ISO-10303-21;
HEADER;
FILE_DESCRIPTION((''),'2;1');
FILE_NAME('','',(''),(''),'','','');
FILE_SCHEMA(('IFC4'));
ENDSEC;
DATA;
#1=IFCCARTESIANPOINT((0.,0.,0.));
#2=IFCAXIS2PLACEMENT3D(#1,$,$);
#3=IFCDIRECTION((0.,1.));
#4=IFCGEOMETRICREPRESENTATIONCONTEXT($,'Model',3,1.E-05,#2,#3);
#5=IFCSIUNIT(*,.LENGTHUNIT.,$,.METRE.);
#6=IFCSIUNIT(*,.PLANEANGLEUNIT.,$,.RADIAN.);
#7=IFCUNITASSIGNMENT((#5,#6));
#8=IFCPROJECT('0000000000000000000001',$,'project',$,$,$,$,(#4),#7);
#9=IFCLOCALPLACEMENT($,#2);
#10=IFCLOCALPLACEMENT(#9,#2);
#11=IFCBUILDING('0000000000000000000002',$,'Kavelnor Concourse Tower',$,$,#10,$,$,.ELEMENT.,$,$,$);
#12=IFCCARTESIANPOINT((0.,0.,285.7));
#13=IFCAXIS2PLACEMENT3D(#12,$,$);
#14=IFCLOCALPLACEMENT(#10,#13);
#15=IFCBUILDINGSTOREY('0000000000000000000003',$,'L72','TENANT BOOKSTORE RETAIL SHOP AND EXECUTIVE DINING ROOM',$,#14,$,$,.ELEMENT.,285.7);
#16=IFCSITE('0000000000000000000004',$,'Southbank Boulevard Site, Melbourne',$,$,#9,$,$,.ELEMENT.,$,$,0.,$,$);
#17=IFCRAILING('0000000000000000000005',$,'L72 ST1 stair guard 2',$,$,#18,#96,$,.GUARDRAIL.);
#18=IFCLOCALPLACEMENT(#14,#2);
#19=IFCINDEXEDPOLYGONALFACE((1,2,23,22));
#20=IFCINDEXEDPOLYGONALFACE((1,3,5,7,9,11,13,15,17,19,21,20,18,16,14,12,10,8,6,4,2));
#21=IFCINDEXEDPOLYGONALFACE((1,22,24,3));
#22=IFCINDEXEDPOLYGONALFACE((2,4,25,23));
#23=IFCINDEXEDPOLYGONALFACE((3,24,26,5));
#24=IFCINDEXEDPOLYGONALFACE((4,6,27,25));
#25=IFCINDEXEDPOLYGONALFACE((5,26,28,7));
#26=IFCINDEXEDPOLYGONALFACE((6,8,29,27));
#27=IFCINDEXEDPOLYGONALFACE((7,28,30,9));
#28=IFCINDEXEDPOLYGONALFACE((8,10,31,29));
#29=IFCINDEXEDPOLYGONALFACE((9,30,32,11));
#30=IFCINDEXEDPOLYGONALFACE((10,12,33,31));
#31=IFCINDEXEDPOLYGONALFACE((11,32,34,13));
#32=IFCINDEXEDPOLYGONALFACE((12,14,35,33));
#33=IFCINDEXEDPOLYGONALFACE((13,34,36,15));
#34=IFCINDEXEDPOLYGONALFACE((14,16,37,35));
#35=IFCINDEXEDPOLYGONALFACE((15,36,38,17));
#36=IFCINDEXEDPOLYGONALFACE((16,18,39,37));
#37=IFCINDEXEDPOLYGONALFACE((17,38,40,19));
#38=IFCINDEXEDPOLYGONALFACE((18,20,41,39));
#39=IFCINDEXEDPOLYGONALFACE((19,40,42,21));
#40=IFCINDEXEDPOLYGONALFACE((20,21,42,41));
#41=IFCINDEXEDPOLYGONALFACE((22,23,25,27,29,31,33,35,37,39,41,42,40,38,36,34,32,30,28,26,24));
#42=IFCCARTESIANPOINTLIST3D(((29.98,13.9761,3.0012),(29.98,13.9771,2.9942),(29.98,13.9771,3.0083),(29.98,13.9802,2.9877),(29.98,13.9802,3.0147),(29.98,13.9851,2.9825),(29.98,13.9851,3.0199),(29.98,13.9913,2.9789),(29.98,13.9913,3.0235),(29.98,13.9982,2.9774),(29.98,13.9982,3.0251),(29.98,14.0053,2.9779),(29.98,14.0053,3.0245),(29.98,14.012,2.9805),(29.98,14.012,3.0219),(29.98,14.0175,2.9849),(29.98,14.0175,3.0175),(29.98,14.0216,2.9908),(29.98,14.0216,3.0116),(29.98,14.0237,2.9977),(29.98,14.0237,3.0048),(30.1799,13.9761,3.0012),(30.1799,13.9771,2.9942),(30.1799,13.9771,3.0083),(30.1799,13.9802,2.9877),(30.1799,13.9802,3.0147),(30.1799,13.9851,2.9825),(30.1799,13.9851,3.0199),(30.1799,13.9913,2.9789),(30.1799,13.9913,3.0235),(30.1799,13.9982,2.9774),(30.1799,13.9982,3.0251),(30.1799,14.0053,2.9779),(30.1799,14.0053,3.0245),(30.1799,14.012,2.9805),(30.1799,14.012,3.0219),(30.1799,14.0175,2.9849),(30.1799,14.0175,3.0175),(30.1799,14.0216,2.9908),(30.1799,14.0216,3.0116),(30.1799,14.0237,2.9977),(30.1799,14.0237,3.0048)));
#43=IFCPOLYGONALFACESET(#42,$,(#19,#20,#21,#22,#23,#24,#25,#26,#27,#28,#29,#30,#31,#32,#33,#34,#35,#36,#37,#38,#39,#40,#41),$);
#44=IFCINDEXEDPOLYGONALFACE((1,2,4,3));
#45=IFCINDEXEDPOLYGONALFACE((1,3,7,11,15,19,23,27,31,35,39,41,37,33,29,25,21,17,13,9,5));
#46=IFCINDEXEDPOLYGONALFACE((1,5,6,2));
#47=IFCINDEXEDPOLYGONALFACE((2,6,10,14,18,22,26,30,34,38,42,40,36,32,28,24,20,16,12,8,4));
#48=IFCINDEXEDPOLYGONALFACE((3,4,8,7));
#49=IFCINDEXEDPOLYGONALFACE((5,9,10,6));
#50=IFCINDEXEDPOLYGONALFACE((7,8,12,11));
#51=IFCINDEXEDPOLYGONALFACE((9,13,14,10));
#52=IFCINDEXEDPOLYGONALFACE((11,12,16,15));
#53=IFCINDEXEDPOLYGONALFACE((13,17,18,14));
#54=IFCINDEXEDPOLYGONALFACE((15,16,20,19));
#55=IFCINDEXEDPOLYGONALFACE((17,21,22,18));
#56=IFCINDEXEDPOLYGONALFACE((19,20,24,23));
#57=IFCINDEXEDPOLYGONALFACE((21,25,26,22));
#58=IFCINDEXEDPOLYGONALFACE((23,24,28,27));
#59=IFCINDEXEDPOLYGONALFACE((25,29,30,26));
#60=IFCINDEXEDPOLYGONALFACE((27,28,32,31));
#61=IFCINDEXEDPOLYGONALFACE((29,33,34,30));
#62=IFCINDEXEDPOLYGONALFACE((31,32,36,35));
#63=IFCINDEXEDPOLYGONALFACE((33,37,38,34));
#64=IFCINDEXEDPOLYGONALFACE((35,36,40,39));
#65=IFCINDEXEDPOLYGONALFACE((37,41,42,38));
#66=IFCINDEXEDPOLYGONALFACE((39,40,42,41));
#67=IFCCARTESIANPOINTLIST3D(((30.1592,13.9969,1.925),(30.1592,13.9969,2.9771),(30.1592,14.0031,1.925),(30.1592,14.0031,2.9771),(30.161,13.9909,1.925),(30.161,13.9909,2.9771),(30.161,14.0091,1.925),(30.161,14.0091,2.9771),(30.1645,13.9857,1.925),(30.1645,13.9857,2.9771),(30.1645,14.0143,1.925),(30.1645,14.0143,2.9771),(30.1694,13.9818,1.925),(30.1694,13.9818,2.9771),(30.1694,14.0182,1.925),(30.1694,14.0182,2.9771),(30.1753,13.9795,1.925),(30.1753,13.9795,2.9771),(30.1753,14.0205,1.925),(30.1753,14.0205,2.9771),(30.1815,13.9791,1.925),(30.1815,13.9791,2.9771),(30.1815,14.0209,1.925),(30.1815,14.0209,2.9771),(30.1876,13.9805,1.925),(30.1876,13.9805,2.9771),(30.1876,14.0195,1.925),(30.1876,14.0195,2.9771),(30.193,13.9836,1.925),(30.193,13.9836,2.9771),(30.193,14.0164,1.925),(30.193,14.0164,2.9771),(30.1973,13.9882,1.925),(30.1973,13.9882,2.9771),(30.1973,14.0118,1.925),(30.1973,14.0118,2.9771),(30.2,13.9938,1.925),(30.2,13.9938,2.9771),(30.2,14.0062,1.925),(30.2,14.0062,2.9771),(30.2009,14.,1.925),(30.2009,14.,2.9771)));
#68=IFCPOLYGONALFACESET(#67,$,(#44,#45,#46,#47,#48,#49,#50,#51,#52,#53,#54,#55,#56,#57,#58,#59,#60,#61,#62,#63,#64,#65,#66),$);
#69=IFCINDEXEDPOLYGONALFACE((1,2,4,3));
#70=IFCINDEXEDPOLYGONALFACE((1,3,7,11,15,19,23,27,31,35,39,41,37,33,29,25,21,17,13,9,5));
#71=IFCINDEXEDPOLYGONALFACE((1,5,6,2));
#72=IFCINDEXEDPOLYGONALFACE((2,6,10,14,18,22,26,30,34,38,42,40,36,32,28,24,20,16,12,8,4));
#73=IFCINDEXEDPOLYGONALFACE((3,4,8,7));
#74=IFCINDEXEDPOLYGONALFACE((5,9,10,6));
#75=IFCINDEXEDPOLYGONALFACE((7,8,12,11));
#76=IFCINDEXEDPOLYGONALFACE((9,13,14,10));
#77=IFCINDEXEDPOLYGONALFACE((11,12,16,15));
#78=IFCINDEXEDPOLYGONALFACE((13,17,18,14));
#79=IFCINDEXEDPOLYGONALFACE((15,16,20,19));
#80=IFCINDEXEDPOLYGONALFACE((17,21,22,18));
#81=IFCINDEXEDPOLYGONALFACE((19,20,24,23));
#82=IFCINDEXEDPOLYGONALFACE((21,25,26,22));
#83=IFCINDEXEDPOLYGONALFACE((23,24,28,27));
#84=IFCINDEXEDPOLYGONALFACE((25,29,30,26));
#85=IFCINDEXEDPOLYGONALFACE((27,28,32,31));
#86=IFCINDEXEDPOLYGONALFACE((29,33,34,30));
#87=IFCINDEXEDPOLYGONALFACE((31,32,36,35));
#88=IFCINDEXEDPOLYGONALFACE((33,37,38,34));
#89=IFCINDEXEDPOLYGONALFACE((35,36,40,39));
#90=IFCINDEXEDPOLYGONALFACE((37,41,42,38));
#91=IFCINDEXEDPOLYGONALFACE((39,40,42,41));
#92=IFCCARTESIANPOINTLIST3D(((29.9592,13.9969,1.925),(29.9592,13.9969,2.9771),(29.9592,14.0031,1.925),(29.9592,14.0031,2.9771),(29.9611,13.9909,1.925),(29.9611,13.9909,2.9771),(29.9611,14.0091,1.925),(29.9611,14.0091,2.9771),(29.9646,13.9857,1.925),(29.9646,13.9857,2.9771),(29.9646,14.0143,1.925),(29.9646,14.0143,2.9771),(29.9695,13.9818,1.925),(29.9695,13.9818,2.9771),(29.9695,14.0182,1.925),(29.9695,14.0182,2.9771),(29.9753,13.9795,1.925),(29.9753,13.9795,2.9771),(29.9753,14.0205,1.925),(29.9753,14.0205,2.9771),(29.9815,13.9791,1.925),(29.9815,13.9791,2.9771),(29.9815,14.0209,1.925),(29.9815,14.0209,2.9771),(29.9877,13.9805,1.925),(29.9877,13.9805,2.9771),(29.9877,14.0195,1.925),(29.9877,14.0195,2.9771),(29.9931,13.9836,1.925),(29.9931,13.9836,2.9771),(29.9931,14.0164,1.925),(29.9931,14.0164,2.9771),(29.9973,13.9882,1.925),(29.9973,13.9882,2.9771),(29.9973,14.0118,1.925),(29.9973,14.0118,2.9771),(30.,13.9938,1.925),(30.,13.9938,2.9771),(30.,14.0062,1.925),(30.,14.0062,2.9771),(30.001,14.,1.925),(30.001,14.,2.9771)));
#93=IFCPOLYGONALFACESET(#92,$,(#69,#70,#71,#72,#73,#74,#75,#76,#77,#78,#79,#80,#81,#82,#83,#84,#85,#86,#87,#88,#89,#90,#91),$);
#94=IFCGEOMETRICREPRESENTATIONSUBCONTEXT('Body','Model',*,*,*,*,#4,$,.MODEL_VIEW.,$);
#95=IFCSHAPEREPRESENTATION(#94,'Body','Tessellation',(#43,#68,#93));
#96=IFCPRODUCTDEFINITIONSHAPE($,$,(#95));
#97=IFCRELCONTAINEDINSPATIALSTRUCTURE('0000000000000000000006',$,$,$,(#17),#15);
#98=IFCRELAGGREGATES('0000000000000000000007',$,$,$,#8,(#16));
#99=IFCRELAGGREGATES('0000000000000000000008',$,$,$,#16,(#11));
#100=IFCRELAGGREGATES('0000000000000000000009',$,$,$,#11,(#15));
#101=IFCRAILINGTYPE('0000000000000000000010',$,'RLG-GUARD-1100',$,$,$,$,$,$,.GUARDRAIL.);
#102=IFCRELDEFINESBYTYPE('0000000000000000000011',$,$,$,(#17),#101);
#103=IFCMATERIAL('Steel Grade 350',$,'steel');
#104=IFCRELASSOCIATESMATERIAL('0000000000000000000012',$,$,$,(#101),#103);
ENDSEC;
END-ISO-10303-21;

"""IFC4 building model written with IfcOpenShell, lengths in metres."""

from ifc_helpers import new_model, si_unit, direction, frame, origin, origin_2d, place, context, subcontext, project, spatial, circle, extrude, material, type_object, element, save


model = new_model("IFC4")

# Units and contexts
model_context = context("Model", 3, precision=1e-05, world=origin(), true_north=direction((0.0, 1.0)))
body_context = subcontext(model_context, "Body", "Model", "MODEL_VIEW")
ifc_project = project(units=[si_unit("LENGTHUNIT", "METRE"), si_unit("PLANEANGLEUNIT", "RADIAN")], contexts=[model_context])

# Site, building, storey
site_placement = place(None, origin())
site = spatial("IfcSite", under=ifc_project, at=site_placement, Name="Southbank Boulevard Site, Melbourne", CompositionType="ELEMENT", RefElevation=0.0)
building_placement = place(site_placement, origin())
building = spatial("IfcBuilding", under=site, at=building_placement, Name="Kavelnor Concourse Tower", CompositionType="ELEMENT")
storey_placement = place(building_placement, frame((0.0, 0.0, 285.7)))
storey = spatial("IfcBuildingStorey", under=building, at=storey_placement, Name="L72", Description="TENANT BOOKSTORE RETAIL SHOP AND EXECUTIVE DINING ROOM", CompositionType="ELEMENT", Elevation=285.7)

# Shared definitions
ifc_material_1 = material(Name="Steel Grade 350", Category="steel")

# Railing
railing_type_1 = type_object("IfcRailingType", Name="RLG-GUARD-1100", PredefinedType="GUARDRAIL", material=ifc_material_1)
railing_1_placement = place(storey_placement, frame((30.1799, 14.0, 1.925)))
element("IfcRailing", 1, at=railing_1_placement, inside=storey, type_object=railing_type_1, Name="L72 ST1 stair guard 2", PredefinedType="GUARDRAIL", context=body_context, shape_type="SweptSolid", body=[
    extrude(circle(Radius=0.0239, at=origin_2d()), frame((0.0, 0.0, 1.0762), z_axis=(-1.0, 0.0, 0.0), x_axis=(0.0, -1.0, 0.0)), (0.0, 0.0, 1.0), 0.2),
    extrude(circle(Radius=0.021, at=origin_2d()), origin(), (0.0, 0.0, 1.0), 1.052),
    extrude(circle(Radius=0.021, at=origin_2d()), frame((-0.2, 0.0, 0.0)), (0.0, 0.0, 1.0), 1.052),
])

save(model, "model.ifc")
